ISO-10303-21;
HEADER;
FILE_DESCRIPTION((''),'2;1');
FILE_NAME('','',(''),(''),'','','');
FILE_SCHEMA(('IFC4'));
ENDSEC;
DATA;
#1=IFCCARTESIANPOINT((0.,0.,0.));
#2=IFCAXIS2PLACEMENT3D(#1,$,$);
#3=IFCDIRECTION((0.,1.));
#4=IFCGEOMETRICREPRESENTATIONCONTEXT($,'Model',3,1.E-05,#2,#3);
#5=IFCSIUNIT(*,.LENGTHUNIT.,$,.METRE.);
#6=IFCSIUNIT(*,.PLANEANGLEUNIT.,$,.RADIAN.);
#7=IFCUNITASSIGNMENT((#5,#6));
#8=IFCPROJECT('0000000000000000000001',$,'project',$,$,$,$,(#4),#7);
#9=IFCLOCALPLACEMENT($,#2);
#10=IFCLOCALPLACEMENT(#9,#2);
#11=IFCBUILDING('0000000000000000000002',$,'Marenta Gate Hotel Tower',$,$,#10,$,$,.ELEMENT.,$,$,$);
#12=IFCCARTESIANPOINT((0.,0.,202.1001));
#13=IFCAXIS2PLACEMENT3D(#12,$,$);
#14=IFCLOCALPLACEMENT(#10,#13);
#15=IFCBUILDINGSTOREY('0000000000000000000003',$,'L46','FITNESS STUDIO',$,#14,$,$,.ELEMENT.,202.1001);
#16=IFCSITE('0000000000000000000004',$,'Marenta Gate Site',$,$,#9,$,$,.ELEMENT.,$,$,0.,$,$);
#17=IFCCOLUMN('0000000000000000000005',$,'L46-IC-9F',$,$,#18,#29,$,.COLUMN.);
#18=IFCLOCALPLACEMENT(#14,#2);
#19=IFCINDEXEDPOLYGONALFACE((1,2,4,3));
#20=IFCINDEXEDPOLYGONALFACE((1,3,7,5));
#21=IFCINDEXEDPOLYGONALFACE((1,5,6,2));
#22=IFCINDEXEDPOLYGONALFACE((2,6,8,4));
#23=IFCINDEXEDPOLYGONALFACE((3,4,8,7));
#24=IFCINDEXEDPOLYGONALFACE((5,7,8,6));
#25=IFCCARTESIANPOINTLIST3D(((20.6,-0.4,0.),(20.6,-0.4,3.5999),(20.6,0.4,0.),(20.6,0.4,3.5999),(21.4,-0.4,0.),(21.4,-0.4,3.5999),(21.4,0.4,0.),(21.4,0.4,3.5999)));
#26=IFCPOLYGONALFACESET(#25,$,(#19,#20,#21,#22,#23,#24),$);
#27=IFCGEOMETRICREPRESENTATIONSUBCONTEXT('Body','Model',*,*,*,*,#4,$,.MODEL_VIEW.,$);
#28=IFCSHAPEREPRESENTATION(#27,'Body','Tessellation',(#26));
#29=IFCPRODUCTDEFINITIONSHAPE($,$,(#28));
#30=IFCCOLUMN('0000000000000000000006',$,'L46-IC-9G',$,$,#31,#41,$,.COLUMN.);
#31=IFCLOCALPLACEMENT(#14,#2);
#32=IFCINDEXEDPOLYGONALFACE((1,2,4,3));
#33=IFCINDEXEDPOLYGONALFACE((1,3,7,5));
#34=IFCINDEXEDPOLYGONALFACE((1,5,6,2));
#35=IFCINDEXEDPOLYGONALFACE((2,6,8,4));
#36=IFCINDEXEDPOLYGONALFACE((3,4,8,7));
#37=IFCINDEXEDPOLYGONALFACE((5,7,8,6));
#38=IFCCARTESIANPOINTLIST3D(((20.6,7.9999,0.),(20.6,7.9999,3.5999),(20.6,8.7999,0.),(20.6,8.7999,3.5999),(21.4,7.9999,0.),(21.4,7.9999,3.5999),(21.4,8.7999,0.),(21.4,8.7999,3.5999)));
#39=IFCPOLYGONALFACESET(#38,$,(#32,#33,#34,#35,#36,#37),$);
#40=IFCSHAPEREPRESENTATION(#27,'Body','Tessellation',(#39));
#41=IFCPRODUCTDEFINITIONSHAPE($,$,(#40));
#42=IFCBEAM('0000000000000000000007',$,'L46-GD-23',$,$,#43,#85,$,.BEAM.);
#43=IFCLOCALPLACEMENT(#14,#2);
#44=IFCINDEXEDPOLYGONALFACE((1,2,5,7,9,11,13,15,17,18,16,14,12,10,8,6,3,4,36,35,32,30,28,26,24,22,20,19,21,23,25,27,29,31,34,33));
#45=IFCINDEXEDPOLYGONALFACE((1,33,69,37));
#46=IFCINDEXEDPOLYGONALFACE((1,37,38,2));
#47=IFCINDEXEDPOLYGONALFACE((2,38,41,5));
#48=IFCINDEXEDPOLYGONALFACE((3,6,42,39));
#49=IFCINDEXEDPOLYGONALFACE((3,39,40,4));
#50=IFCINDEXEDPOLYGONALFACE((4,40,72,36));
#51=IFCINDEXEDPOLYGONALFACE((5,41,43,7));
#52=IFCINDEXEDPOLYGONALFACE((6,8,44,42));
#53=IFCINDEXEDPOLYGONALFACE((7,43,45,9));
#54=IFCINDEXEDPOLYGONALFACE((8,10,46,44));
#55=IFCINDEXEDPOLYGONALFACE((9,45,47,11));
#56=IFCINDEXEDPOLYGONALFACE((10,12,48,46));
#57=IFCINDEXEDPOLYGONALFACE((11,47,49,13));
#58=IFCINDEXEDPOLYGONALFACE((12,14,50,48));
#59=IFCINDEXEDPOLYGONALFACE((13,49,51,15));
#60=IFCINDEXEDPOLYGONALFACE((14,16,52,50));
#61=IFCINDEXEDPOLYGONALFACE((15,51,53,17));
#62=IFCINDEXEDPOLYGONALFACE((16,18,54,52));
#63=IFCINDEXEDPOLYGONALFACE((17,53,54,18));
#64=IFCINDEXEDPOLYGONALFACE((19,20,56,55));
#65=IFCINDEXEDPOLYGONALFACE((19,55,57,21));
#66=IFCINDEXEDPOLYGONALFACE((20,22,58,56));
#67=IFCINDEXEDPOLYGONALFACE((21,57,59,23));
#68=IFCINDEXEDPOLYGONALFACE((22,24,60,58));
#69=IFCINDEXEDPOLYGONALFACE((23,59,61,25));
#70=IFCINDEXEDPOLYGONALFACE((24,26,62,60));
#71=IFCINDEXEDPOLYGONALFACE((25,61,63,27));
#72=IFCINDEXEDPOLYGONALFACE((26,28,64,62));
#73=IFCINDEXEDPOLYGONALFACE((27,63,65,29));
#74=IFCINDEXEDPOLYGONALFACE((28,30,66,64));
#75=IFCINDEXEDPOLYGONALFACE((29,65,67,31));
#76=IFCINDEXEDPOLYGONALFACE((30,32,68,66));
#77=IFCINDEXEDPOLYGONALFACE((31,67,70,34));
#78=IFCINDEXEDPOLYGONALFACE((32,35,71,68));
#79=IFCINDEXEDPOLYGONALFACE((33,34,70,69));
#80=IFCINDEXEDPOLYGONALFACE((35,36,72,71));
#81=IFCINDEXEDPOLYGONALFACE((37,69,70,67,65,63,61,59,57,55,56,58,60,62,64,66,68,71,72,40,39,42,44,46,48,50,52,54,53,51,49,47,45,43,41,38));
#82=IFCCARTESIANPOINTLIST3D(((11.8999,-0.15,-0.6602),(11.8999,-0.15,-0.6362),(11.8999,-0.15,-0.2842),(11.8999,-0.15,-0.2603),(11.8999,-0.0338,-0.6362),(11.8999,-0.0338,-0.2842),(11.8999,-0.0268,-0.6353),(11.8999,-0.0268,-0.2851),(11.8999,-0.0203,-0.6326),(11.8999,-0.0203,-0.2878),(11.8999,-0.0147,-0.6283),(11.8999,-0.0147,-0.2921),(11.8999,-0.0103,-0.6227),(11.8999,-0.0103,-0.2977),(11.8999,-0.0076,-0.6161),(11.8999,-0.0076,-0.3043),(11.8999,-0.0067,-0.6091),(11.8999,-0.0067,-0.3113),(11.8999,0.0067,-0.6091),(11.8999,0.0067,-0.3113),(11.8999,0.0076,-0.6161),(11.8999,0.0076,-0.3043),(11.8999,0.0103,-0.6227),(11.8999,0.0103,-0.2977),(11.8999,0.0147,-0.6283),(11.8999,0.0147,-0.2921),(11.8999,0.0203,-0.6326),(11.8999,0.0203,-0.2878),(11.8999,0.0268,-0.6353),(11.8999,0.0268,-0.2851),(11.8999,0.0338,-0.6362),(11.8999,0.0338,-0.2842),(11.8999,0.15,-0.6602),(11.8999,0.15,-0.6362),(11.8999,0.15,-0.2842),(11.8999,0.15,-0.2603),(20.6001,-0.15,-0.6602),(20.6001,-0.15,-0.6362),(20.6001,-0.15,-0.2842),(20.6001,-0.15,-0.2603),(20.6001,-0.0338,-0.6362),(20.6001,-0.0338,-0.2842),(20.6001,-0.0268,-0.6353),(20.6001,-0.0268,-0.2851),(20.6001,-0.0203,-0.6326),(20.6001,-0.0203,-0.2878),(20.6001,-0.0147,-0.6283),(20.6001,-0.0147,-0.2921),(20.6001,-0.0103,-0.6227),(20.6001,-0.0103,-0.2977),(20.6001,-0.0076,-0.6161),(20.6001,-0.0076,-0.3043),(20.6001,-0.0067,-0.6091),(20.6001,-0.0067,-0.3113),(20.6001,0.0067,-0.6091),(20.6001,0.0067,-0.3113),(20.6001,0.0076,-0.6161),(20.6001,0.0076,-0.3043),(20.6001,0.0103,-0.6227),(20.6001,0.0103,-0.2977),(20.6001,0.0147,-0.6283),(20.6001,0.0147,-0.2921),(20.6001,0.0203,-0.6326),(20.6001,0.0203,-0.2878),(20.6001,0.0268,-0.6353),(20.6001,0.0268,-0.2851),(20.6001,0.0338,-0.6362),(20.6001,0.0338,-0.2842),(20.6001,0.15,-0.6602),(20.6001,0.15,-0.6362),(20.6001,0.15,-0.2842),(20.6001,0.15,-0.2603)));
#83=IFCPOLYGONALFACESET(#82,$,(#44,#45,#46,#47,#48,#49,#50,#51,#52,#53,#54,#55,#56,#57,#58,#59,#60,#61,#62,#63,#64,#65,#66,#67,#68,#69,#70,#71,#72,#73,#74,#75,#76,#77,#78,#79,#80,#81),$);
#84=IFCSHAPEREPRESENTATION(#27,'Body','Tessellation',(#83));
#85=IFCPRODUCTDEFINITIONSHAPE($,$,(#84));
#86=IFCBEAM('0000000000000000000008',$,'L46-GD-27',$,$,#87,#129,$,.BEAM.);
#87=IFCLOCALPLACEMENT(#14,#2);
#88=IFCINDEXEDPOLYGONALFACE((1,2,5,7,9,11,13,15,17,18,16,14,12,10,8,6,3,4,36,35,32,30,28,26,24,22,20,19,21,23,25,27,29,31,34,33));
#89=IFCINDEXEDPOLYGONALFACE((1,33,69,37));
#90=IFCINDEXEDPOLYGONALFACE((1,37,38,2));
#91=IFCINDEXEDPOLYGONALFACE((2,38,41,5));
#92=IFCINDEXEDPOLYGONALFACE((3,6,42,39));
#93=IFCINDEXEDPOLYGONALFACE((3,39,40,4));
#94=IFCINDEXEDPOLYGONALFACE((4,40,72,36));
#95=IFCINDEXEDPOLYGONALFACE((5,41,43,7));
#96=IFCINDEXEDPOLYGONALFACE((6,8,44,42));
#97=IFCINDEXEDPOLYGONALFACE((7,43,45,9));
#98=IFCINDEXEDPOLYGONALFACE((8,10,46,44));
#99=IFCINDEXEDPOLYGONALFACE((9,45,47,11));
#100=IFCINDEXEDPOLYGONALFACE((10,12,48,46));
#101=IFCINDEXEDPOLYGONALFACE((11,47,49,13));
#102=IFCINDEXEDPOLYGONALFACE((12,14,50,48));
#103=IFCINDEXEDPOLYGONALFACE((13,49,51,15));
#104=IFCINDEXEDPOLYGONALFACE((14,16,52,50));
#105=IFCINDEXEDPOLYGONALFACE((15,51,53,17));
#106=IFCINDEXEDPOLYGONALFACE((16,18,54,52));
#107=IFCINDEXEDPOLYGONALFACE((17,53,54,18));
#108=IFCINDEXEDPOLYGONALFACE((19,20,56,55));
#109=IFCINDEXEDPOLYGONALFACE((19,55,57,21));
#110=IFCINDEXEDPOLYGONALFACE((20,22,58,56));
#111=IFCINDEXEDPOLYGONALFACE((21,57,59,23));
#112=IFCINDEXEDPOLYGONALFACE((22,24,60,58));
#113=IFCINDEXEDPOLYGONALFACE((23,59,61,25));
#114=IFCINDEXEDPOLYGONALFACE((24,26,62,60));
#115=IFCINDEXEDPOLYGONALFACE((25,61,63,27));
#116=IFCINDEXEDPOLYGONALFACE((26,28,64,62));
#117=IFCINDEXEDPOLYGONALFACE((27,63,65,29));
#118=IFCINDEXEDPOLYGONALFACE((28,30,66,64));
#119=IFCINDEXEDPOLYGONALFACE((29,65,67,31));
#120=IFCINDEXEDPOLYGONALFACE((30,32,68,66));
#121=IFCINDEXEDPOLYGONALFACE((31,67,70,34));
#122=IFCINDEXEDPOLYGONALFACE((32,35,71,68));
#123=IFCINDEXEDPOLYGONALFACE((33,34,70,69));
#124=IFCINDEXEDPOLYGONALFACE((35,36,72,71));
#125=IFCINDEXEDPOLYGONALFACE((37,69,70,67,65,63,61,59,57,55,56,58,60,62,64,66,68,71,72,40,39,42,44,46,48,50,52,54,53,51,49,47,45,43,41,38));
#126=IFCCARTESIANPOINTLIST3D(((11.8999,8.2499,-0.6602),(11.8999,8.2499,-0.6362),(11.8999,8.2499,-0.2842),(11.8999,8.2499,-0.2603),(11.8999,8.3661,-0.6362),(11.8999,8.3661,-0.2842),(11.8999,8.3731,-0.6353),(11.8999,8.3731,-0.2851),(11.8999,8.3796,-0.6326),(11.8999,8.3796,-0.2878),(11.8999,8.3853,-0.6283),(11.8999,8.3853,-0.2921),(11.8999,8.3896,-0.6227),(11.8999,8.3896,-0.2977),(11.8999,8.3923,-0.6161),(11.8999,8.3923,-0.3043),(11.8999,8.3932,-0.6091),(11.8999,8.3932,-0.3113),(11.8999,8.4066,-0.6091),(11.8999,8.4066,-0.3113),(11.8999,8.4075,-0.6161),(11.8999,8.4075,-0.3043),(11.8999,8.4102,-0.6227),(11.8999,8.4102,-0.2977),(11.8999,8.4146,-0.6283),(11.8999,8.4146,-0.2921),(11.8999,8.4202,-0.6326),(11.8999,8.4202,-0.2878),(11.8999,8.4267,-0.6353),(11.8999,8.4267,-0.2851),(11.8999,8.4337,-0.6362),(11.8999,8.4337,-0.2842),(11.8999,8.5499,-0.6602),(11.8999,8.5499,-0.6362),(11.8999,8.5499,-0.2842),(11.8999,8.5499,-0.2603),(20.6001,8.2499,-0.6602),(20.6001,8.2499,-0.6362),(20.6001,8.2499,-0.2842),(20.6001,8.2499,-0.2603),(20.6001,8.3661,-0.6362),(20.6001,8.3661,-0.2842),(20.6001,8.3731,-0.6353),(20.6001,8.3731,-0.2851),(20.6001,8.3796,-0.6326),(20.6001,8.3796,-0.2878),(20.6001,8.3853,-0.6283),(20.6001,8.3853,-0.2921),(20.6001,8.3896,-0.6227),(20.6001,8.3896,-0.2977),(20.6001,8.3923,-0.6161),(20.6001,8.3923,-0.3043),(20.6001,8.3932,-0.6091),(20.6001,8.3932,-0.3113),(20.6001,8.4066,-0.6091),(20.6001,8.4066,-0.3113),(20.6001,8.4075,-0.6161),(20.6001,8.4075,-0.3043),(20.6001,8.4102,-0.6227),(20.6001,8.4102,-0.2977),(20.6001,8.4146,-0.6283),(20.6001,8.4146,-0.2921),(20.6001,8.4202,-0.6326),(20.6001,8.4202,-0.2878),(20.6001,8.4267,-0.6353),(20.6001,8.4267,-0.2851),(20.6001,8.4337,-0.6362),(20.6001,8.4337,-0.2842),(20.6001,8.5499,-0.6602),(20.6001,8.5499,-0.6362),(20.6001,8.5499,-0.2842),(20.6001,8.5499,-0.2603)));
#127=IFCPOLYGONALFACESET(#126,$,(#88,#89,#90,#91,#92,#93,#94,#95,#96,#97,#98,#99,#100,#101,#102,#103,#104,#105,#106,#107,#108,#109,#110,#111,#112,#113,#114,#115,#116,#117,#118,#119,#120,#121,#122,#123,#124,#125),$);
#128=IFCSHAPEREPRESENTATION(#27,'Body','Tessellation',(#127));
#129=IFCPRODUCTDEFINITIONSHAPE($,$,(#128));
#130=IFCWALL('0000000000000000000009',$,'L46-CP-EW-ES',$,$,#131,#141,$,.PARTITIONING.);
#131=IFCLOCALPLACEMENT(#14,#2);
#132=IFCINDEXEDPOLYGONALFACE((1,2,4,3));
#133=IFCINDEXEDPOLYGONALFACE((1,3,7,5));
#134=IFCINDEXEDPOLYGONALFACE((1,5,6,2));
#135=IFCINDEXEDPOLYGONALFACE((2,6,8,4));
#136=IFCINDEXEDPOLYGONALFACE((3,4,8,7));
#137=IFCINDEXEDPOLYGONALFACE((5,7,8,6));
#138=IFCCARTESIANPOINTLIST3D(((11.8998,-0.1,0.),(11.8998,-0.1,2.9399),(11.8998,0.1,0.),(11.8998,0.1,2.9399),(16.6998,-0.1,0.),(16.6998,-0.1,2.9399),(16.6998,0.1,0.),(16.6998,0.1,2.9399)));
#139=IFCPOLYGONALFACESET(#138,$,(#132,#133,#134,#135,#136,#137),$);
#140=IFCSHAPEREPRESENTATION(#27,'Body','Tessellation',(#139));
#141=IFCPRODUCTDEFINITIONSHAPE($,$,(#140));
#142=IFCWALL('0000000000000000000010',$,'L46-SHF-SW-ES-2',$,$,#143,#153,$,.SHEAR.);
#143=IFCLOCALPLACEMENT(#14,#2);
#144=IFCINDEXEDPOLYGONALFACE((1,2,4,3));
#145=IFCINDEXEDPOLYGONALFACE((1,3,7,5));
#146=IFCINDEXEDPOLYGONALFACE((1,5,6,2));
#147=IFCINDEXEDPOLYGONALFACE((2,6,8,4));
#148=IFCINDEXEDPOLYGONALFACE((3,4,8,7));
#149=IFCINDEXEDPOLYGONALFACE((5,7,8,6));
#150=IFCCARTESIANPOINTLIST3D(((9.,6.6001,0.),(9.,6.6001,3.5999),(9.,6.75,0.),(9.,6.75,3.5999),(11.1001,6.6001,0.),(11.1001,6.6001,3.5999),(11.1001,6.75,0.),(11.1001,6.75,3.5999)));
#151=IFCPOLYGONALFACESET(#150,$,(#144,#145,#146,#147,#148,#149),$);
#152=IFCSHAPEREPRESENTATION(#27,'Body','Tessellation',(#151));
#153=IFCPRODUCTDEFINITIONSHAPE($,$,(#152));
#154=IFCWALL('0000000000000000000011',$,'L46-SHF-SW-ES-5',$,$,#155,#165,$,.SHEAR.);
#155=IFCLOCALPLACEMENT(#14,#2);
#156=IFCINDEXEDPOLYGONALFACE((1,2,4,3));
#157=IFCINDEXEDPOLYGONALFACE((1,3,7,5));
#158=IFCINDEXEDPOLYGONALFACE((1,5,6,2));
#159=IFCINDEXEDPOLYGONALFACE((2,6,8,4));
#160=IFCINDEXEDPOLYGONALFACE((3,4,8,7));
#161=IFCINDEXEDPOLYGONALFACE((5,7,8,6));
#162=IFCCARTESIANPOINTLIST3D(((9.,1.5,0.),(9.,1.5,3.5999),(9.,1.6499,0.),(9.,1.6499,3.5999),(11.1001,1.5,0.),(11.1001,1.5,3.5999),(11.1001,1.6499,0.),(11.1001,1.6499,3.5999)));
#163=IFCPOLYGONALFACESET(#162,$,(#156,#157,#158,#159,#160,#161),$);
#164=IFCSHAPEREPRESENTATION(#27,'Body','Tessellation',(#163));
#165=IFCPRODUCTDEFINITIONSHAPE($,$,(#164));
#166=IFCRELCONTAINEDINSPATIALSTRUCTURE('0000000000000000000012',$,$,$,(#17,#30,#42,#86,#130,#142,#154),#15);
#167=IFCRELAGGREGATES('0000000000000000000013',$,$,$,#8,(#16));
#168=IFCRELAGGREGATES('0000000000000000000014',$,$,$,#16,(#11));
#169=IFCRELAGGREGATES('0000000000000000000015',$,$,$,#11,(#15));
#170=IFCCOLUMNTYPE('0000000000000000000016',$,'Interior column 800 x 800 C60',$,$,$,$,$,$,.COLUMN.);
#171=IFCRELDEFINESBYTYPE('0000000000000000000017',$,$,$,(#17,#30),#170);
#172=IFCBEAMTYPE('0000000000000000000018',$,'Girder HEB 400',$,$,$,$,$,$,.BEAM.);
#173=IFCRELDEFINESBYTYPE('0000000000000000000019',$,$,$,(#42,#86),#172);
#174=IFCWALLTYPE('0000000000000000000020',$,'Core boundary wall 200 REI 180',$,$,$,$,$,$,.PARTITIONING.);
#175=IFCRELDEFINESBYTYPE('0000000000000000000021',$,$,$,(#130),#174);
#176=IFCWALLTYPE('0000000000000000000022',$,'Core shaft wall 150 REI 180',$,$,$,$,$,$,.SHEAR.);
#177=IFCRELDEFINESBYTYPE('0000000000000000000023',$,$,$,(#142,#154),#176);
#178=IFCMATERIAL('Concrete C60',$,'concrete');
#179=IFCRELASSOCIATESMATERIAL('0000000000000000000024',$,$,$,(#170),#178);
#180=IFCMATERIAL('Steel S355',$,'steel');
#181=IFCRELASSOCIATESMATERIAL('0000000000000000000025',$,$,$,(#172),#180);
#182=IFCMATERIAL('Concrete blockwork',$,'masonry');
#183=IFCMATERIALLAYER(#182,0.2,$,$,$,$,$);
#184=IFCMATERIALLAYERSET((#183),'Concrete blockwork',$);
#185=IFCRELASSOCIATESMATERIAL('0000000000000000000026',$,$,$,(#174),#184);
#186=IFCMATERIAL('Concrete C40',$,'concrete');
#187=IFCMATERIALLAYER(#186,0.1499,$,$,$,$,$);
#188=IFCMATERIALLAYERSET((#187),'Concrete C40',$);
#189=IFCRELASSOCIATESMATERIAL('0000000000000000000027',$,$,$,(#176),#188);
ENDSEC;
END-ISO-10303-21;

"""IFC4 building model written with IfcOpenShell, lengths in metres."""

from ifc_helpers import new_model, si_unit, direction, frame, frame_2d, origin, origin_2d, place, context, subcontext, project, spatial, rectangle, i_section, extrude, material, layer, layer_set, material_profile, profile_set, type_object, element, save


model = new_model("IFC4")

# Units and contexts
model_context = context("Model", 3, precision=1e-05, world=origin(), true_north=direction((0.0, 1.0)))
body_context = subcontext(model_context, "Body", "Model", "MODEL_VIEW")
ifc_project = project(units=[si_unit("LENGTHUNIT", "METRE"), si_unit("PLANEANGLEUNIT", "RADIAN")], contexts=[model_context])

# Site, building, storey
site_placement = place(None, origin())
site = spatial("IfcSite", under=ifc_project, at=site_placement, Name="Marenta Gate Site", CompositionType="ELEMENT", RefElevation=0.0)
building_placement = place(site_placement, origin())
building = spatial("IfcBuilding", under=site, at=building_placement, Name="Marenta Gate Hotel Tower", CompositionType="ELEMENT")
storey_placement = place(building_placement, frame((0.0, 0.0, 202.1001)))
storey = spatial("IfcBuildingStorey", under=building, at=storey_placement, Name="L46", Description="FITNESS STUDIO", CompositionType="ELEMENT", Elevation=202.1001)

# Columns
ifc_material_1 = material(Name="Concrete C60", Category="concrete")
ifc_material_profile_1 = material_profile(ifc_material_1, rectangle(XDim=0.8, YDim=0.8, at=origin_2d()), Name="800 x 800")
ifc_profile_set_1 = profile_set([ifc_material_profile_1], Name="Concrete C60")
column_type = type_object("IfcColumnType", Name="Interior column 800 x 800 C60", PredefinedType="COLUMN", material=ifc_profile_set_1)
for number, where, z_axis, x_axis, name in (
    (1, (21.0, 0.0, 0.0), (0.0, 0.0, 1.0), (1.0, 0.0, 0.0), "L46-IC-9F"),
    (2, (21.0, 8.3999, 0.0), (0.0, 0.0, 1.0), (1.0, 0.0, 0.0), "L46-IC-9G"),
):
    element("IfcColumn", number, at=place(storey_placement, frame(where, z_axis=z_axis, x_axis=x_axis)), inside=storey, type_object=column_type, Name=name, PredefinedType="COLUMN", context=body_context, shape_type="SweptSolid", body=[
        extrude(rectangle(XDim=0.8, YDim=0.8, at=origin_2d()), origin(), (0.0, 0.0, 1.0), 3.5999),
    ])

# Beams
ifc_material_2 = material(Name="Steel S355", Category="steel")
ifc_material_profile_2 = material_profile(ifc_material_2, i_section(OverallWidth=0.3, OverallDepth=0.3999, WebThickness=0.0134, FlangeThickness=0.0239, FilletRadius=0.0271, at=origin_2d()), Name="HEB 400")
ifc_profile_set_2 = profile_set([ifc_material_profile_2], Name="Steel S355")
beam_type = type_object("IfcBeamType", Name="Girder HEB 400", PredefinedType="BEAM", material=ifc_profile_set_2)
for number, where, z_axis, x_axis, name in (
    (3, (11.8999, 0.0, -0.4602), (1.0, 0.0, 0.0), (0.0, 1.0, 0.0), "L46-GD-23"),
    (4, (11.8999, 8.3999, -0.4602), (1.0, 0.0, 0.0), (0.0, 1.0, 0.0), "L46-GD-27"),
):
    element("IfcBeam", number, at=place(storey_placement, frame(where, z_axis=z_axis, x_axis=x_axis)), inside=storey, type_object=beam_type, Name=name, PredefinedType="BEAM", context=body_context, shape_type="SweptSolid", body=[
        extrude(i_section(OverallWidth=0.3, OverallDepth=0.3999, WebThickness=0.0134, FlangeThickness=0.0239, FilletRadius=0.0271, at=origin_2d()), origin(), (0.0, 0.0, 1.0), 8.7002),
    ])

# Shared definitions
ifc_material_3 = material(Name="Concrete blockwork", Category="masonry")
ifc_layer_1 = layer(ifc_material_3, 0.2)
ifc_layer_set_1 = layer_set([ifc_layer_1], Name="Concrete blockwork")
wall_type_1 = type_object("IfcWallType", Name="Core boundary wall 200 REI 180", PredefinedType="PARTITIONING", material=ifc_layer_set_1)

# Walls
wall_1_placement = place(storey_placement, frame((11.8999, 0.0, 0.0), z_axis=(0.0, 0.0, 1.0), x_axis=(1.0, 0.0, 0.0)))
element("IfcWall", 5, at=wall_1_placement, inside=storey, type_object=wall_type_1, Name="L46-CP-EW-ES", PredefinedType="PARTITIONING", context=body_context, shape_type="SweptSolid", body=[
    extrude(rectangle(XDim=4.8, YDim=0.2, at=frame_2d((2.3999, 0.0))), origin(), (0.0, 0.0, 1.0), 2.9399),
])
ifc_material_4 = material(Name="Concrete C40", Category="concrete")
ifc_layer_2 = layer(ifc_material_4, 0.1499)
ifc_layer_set_2 = layer_set([ifc_layer_2], Name="Concrete C40")
wall_type_2 = type_object("IfcWallType", Name="Core shaft wall 150 REI 180", PredefinedType="SHEAR", material=ifc_layer_set_2)
for number, where, z_axis, x_axis, name in (
    (6, (9.0, 6.675, 0.0), (0.0, 0.0, 1.0), (1.0, 0.0, 0.0), "L46-SHF-SW-ES-2"),
    (7, (9.0, 1.575, 0.0), (0.0, 0.0, 1.0), (1.0, 0.0, 0.0), "L46-SHF-SW-ES-5"),
):
    element("IfcWall", number, at=place(storey_placement, frame(where, z_axis=z_axis, x_axis=x_axis)), inside=storey, type_object=wall_type_2, Name=name, PredefinedType="SHEAR", context=body_context, shape_type="SweptSolid", body=[
        extrude(rectangle(XDim=2.1001, YDim=0.1499, at=frame_2d((1.05, 0.0))), origin(), (0.0, 0.0, 1.0), 3.5999),
    ])

save(model, "model.ifc")
